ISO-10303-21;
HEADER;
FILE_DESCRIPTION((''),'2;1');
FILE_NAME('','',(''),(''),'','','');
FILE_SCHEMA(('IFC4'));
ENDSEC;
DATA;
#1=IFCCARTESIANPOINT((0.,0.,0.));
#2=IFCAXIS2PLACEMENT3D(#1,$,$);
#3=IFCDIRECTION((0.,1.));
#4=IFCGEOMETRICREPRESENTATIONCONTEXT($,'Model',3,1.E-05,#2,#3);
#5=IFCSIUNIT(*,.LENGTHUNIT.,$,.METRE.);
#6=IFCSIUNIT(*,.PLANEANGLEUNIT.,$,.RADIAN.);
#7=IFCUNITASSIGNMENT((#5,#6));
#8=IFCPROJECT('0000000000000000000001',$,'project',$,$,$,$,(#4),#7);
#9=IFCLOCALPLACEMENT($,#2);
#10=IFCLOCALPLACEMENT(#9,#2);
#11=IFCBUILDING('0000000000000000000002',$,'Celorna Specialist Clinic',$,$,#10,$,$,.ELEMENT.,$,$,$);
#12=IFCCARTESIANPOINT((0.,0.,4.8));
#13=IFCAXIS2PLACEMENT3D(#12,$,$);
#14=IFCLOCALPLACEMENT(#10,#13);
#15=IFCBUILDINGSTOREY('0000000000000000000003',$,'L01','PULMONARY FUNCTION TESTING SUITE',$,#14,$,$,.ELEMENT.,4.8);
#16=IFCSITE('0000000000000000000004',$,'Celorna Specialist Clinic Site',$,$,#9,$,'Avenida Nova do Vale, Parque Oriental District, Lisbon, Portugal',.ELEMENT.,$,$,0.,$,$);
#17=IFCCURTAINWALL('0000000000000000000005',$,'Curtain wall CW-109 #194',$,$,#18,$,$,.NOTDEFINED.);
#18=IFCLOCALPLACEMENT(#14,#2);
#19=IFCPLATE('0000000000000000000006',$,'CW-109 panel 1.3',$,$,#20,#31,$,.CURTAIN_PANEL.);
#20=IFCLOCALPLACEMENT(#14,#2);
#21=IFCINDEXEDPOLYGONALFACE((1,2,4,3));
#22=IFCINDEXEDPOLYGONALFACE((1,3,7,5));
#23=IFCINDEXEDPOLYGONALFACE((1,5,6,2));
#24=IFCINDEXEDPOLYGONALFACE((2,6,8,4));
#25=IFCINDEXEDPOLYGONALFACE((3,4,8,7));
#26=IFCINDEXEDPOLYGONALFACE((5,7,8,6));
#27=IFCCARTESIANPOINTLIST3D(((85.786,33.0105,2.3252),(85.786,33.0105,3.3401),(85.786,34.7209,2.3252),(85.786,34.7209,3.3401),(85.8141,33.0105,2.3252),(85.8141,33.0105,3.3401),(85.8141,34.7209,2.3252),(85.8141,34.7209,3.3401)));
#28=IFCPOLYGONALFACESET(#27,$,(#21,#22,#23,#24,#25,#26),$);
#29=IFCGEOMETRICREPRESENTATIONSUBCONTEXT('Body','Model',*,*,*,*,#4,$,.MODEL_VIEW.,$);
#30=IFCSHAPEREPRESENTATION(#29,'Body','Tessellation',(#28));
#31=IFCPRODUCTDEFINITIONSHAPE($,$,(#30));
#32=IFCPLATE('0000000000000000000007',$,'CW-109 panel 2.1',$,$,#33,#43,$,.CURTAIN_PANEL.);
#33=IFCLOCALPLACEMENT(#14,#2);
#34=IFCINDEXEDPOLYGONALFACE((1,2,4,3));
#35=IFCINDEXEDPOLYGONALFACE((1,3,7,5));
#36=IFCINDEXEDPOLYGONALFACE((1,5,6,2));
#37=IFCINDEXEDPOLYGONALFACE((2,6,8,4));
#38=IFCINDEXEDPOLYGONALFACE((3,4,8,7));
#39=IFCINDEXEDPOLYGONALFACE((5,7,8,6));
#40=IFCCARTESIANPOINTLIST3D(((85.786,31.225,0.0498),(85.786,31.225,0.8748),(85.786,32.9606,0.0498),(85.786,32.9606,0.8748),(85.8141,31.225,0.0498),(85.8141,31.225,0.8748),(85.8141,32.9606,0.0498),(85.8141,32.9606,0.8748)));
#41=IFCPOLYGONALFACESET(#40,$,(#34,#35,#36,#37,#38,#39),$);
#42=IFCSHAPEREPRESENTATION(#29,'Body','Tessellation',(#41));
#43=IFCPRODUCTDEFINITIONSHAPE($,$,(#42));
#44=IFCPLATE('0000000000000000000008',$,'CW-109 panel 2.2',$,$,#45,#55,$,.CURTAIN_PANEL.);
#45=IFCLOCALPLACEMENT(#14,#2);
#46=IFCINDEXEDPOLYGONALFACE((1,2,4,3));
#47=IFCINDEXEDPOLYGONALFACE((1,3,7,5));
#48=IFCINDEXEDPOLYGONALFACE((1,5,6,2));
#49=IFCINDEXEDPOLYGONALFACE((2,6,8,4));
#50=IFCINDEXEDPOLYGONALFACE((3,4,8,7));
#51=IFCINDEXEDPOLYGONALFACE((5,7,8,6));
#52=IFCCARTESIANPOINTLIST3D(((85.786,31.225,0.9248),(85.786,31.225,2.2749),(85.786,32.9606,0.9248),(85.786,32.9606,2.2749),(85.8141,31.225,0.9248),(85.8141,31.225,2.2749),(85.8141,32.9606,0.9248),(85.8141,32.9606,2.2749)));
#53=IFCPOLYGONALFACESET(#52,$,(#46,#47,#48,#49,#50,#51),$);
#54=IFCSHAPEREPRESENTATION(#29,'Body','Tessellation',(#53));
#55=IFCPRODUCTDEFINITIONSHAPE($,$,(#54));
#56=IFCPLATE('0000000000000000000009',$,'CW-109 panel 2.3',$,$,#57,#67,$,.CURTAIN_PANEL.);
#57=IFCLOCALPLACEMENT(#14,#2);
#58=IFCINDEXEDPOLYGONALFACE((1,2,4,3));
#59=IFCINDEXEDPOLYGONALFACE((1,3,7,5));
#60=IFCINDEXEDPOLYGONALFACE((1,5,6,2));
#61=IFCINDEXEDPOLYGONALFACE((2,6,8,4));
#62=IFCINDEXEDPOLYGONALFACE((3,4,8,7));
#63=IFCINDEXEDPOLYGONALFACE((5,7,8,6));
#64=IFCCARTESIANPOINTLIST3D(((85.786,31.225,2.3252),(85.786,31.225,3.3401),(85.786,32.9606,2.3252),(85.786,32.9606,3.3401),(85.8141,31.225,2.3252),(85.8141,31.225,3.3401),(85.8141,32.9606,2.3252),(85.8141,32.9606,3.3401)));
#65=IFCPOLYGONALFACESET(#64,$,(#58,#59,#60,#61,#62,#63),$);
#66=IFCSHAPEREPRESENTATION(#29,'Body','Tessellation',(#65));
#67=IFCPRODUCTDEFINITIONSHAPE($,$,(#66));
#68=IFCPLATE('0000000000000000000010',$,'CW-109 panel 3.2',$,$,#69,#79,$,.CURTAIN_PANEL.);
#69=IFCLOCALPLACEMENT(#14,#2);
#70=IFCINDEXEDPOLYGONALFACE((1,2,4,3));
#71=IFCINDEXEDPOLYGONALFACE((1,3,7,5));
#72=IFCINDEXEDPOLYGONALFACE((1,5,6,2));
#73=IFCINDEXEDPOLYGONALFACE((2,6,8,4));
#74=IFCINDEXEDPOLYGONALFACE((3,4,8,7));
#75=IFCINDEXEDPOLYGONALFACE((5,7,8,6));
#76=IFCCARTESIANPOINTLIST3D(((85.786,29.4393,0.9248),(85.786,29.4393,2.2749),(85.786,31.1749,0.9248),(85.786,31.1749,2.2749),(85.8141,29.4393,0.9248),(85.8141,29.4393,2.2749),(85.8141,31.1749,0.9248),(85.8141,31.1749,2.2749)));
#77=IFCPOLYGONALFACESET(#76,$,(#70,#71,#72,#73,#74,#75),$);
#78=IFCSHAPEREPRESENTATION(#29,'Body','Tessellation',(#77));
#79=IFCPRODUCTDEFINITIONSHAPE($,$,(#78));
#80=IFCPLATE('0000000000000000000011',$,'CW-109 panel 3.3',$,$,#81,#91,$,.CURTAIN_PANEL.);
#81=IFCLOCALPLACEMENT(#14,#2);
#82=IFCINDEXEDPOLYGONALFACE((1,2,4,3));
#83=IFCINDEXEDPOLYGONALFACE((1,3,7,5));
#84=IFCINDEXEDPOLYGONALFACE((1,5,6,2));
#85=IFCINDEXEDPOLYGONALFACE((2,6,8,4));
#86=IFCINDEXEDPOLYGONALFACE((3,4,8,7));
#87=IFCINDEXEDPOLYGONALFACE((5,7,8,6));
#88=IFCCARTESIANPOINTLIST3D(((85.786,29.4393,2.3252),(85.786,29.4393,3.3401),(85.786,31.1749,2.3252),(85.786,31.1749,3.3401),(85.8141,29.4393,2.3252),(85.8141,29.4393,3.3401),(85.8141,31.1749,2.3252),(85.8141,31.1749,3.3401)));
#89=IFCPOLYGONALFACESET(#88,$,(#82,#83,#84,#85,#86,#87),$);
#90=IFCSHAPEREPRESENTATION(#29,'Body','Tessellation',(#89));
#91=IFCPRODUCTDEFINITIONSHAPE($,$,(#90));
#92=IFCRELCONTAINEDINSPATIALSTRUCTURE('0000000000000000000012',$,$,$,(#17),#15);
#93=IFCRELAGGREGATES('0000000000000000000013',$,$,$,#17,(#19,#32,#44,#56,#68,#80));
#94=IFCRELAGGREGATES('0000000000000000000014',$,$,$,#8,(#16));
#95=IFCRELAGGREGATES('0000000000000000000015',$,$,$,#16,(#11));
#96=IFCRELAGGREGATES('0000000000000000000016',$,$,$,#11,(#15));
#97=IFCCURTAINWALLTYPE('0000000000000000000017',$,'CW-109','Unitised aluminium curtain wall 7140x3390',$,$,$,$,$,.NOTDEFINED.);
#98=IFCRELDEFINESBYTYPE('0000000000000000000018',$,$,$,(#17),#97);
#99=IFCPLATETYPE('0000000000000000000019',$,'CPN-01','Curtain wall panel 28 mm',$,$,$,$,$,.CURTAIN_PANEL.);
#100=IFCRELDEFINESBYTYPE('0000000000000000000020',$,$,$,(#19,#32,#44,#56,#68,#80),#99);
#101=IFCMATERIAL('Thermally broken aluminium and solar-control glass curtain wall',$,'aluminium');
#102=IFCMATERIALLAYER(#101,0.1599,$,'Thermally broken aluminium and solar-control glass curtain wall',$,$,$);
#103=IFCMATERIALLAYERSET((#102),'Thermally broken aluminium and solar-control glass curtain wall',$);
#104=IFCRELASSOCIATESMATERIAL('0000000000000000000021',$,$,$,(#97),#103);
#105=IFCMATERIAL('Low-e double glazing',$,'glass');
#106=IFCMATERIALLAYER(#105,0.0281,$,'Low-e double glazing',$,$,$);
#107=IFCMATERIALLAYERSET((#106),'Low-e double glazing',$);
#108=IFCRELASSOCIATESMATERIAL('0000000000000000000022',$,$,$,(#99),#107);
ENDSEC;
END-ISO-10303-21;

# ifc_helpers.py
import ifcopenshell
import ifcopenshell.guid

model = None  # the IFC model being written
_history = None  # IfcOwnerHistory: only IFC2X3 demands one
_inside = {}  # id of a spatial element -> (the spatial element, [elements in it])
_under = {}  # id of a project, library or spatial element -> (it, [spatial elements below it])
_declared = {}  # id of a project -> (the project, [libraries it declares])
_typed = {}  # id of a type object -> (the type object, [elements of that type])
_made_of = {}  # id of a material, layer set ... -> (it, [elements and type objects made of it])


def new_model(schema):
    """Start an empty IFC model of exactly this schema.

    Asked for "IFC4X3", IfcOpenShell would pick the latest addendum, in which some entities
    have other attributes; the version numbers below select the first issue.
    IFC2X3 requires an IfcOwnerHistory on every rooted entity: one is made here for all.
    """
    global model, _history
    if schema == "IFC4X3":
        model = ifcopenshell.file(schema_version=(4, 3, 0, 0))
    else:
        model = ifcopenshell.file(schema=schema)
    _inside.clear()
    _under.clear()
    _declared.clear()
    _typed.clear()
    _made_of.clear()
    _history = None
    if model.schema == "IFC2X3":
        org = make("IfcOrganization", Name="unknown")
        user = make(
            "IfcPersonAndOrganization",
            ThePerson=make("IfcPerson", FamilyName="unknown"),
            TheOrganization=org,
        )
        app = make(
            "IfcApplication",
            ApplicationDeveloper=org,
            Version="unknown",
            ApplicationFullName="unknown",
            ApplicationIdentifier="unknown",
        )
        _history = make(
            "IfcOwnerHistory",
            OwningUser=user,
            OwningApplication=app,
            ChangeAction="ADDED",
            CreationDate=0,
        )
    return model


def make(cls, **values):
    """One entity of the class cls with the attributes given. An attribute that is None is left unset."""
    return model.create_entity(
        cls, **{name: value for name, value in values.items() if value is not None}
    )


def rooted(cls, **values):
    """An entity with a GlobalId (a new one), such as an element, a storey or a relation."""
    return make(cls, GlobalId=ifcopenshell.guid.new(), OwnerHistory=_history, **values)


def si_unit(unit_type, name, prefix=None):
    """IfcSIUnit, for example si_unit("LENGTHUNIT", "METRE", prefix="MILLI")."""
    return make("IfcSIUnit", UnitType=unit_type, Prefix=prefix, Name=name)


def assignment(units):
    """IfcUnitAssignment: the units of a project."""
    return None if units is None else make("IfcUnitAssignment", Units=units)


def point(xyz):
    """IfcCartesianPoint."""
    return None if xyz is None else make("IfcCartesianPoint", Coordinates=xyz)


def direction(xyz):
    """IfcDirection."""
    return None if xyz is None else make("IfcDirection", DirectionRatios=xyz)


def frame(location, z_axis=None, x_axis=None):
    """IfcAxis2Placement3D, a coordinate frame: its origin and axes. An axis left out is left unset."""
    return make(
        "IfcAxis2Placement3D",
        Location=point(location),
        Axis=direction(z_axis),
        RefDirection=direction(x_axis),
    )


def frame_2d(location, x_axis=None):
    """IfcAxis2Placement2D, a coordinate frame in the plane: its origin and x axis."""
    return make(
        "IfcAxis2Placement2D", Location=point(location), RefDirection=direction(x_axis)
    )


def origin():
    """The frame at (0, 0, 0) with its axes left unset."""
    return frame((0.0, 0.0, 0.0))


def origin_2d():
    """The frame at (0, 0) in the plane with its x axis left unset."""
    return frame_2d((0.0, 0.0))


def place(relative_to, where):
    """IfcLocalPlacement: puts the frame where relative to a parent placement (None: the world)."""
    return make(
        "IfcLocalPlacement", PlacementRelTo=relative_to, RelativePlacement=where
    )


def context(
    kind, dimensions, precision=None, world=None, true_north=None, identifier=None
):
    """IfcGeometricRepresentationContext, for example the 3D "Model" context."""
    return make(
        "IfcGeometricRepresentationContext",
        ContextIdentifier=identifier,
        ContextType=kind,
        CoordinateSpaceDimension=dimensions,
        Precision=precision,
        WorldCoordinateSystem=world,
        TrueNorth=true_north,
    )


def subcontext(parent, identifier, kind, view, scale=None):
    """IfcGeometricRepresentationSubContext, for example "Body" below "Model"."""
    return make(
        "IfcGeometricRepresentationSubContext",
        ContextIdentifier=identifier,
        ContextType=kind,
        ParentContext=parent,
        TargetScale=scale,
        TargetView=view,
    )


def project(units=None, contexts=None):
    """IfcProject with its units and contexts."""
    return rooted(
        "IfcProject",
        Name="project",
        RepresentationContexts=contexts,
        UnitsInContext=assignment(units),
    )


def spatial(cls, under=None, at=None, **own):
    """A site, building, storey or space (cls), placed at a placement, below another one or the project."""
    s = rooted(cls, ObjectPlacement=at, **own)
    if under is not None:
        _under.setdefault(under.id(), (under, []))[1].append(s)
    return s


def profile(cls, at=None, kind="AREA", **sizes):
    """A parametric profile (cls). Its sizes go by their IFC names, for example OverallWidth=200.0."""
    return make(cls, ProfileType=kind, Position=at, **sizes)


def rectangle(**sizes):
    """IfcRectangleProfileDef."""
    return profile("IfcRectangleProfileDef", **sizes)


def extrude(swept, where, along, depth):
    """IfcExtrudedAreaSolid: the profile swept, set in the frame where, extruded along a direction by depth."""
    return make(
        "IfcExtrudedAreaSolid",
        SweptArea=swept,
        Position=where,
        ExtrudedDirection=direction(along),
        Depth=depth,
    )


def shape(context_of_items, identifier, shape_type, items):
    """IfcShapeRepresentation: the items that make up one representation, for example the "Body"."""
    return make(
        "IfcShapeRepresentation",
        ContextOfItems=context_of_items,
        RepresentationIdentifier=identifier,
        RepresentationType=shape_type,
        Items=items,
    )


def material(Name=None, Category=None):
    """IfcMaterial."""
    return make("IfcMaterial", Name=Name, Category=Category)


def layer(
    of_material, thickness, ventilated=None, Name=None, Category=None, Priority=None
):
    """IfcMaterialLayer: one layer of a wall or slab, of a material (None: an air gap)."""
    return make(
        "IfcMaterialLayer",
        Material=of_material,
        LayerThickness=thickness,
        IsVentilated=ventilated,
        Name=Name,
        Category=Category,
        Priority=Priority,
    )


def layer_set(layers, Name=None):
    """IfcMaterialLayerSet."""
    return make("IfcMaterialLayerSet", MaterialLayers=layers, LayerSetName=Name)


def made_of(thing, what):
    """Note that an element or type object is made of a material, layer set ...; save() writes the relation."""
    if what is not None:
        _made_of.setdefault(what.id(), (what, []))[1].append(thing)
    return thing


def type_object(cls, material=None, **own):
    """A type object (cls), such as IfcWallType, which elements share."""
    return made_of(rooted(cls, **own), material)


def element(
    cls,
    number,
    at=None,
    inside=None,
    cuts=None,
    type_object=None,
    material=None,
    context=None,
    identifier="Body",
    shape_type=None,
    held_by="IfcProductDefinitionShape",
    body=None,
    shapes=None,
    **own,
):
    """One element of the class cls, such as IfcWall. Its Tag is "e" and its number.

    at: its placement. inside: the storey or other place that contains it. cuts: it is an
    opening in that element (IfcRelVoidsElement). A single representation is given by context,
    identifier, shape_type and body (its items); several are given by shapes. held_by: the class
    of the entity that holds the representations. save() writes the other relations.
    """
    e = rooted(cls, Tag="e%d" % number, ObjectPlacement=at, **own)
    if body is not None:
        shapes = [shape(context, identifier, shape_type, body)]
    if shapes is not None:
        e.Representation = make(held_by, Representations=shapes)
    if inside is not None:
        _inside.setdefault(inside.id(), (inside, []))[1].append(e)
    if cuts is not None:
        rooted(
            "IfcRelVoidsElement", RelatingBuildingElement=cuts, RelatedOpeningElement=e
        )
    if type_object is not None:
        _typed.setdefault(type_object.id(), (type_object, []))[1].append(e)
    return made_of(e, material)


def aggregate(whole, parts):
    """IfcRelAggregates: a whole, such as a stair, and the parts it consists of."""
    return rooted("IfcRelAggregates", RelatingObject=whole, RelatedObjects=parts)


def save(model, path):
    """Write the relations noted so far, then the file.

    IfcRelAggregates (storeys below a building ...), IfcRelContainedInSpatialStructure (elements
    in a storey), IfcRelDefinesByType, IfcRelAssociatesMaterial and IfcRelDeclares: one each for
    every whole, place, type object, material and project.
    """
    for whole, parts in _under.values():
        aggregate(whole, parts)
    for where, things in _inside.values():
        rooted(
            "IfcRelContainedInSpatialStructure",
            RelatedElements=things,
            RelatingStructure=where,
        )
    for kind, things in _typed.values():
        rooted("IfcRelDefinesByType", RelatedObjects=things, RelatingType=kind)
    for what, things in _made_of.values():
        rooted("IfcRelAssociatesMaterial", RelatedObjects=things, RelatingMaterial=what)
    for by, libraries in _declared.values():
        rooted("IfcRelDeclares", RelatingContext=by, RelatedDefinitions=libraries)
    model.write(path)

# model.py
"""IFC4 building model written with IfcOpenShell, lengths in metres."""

from ifc_helpers import new_model, si_unit, direction, frame, origin, origin_2d, place, context, subcontext, project, spatial, rectangle, extrude, material, layer, layer_set, type_object, element, aggregate, save


model = new_model("IFC4")

# Units and contexts
model_context = context("Model", 3, precision=1e-05, world=origin(), true_north=direction((0.0, 1.0)))
body_context = subcontext(model_context, "Body", "Model", "MODEL_VIEW")
ifc_project = project(units=[si_unit("LENGTHUNIT", "METRE"), si_unit("PLANEANGLEUNIT", "RADIAN")], contexts=[model_context])

# Site, building, storey
site_placement = place(None, origin())
site = spatial("IfcSite", under=ifc_project, at=site_placement, Name="Celorna Specialist Clinic Site", LongName="Avenida Nova do Vale, Parque Oriental District, Lisbon, Portugal", CompositionType="ELEMENT", RefElevation=0.0)
building_placement = place(site_placement, origin())
building = spatial("IfcBuilding", under=site, at=building_placement, Name="Celorna Specialist Clinic", CompositionType="ELEMENT")
storey_placement = place(building_placement, frame((0.0, 0.0, 4.8)))
storey = spatial("IfcBuildingStorey", under=building, at=storey_placement, Name="L01", Description="PULMONARY FUNCTION TESTING SUITE", CompositionType="ELEMENT", Elevation=4.8)

# Curtain wall, plates
ifc_material_1 = material(Name="Thermally broken aluminium and solar-control glass curtain wall", Category="aluminium")
ifc_layer_1 = layer(ifc_material_1, 0.1599, Name="Thermally broken aluminium and solar-control glass curtain wall")
ifc_layer_set_1 = layer_set([ifc_layer_1], Name="Thermally broken aluminium and solar-control glass curtain wall")
curtain_wall_type = type_object("IfcCurtainWallType", Name="CW-109", Description="Unitised aluminium curtain wall 7140x3390", PredefinedType="NOTDEFINED", material=ifc_layer_set_1)
curtain_wall_placement = place(storey_placement, origin())
curtain_wall = element("IfcCurtainWall", 1, at=curtain_wall_placement, inside=storey, type_object=curtain_wall_type, Name="Curtain wall CW-109 #194", PredefinedType="NOTDEFINED")
ifc_material_2 = material(Name="Low-e double glazing", Category="glass")
ifc_layer_2 = layer(ifc_material_2, 0.0281, Name="Low-e double glazing")
ifc_layer_set_2 = layer_set([ifc_layer_2], Name="Low-e double glazing")
plate_type = type_object("IfcPlateType", Name="CPN-01", Description="Curtain wall panel 28 mm", PredefinedType="CURTAIN_PANEL", material=ifc_layer_set_2)
plate_1_placement = place(storey_placement, frame((85.8, 33.8657, 2.3252), z_axis=(0.0, 0.0, 1.0), x_axis=(0.0, -1.0, 0.0)))
plate_1 = element("IfcPlate", 2, at=plate_1_placement, type_object=plate_type, Name="CW-109 panel 1.3", PredefinedType="CURTAIN_PANEL", context=body_context, shape_type="SweptSolid", body=[
    extrude(rectangle(XDim=1.7104, YDim=0.0281, at=origin_2d()), origin(), (0.0, 0.0, 1.0), 1.0149),
])
plate_2_placement = place(storey_placement, frame((85.8, 32.0928, 0.0498), z_axis=(0.0, 0.0, 1.0), x_axis=(0.0, -1.0, 0.0)))
plate_2 = element("IfcPlate", 3, at=plate_2_placement, type_object=plate_type, Name="CW-109 panel 2.1", PredefinedType="CURTAIN_PANEL", context=body_context, shape_type="SweptSolid", body=[
    extrude(rectangle(XDim=1.7356, YDim=0.0281, at=origin_2d()), origin(), (0.0, 0.0, 1.0), 0.825),
])
plate_3_placement = place(storey_placement, frame((85.8, 32.0928, 0.9248), z_axis=(0.0, 0.0, 1.0), x_axis=(0.0, -1.0, 0.0)))
plate_3 = element("IfcPlate", 4, at=plate_3_placement, type_object=plate_type, Name="CW-109 panel 2.2", PredefinedType="CURTAIN_PANEL", context=body_context, shape_type="SweptSolid", body=[
    extrude(rectangle(XDim=1.7356, YDim=0.0281, at=origin_2d()), origin(), (0.0, 0.0, 1.0), 1.3501),
])
plate_4_placement = place(storey_placement, frame((85.8, 32.0928, 2.3252), z_axis=(0.0, 0.0, 1.0), x_axis=(0.0, -1.0, 0.0)))
plate_4 = element("IfcPlate", 5, at=plate_4_placement, type_object=plate_type, Name="CW-109 panel 2.3", PredefinedType="CURTAIN_PANEL", context=body_context, shape_type="SweptSolid", body=[
    extrude(rectangle(XDim=1.7356, YDim=0.0281, at=origin_2d()), origin(), (0.0, 0.0, 1.0), 1.0149),
])
plate_5_placement = place(storey_placement, frame((85.8, 30.3071, 0.9248), z_axis=(0.0, 0.0, 1.0), x_axis=(0.0, -1.0, 0.0)))
plate_5 = element("IfcPlate", 6, at=plate_5_placement, type_object=plate_type, Name="CW-109 panel 3.2", PredefinedType="CURTAIN_PANEL", context=body_context, shape_type="SweptSolid", body=[
    extrude(rectangle(XDim=1.7356, YDim=0.0281, at=origin_2d()), origin(), (0.0, 0.0, 1.0), 1.3501),
])
plate_6_placement = place(storey_placement, frame((85.8, 30.3071, 2.3252), z_axis=(0.0, 0.0, 1.0), x_axis=(0.0, -1.0, 0.0)))
plate_6 = element("IfcPlate", 7, at=plate_6_placement, type_object=plate_type, Name="CW-109 panel 3.3", PredefinedType="CURTAIN_PANEL", context=body_context, shape_type="SweptSolid", body=[
    extrude(rectangle(XDim=1.7356, YDim=0.0281, at=origin_2d()), origin(), (0.0, 0.0, 1.0), 1.0149),
])
aggregate(curtain_wall, [plate_1, plate_2, plate_3, plate_4, plate_5, plate_6])

save(model, "model.ifc")
